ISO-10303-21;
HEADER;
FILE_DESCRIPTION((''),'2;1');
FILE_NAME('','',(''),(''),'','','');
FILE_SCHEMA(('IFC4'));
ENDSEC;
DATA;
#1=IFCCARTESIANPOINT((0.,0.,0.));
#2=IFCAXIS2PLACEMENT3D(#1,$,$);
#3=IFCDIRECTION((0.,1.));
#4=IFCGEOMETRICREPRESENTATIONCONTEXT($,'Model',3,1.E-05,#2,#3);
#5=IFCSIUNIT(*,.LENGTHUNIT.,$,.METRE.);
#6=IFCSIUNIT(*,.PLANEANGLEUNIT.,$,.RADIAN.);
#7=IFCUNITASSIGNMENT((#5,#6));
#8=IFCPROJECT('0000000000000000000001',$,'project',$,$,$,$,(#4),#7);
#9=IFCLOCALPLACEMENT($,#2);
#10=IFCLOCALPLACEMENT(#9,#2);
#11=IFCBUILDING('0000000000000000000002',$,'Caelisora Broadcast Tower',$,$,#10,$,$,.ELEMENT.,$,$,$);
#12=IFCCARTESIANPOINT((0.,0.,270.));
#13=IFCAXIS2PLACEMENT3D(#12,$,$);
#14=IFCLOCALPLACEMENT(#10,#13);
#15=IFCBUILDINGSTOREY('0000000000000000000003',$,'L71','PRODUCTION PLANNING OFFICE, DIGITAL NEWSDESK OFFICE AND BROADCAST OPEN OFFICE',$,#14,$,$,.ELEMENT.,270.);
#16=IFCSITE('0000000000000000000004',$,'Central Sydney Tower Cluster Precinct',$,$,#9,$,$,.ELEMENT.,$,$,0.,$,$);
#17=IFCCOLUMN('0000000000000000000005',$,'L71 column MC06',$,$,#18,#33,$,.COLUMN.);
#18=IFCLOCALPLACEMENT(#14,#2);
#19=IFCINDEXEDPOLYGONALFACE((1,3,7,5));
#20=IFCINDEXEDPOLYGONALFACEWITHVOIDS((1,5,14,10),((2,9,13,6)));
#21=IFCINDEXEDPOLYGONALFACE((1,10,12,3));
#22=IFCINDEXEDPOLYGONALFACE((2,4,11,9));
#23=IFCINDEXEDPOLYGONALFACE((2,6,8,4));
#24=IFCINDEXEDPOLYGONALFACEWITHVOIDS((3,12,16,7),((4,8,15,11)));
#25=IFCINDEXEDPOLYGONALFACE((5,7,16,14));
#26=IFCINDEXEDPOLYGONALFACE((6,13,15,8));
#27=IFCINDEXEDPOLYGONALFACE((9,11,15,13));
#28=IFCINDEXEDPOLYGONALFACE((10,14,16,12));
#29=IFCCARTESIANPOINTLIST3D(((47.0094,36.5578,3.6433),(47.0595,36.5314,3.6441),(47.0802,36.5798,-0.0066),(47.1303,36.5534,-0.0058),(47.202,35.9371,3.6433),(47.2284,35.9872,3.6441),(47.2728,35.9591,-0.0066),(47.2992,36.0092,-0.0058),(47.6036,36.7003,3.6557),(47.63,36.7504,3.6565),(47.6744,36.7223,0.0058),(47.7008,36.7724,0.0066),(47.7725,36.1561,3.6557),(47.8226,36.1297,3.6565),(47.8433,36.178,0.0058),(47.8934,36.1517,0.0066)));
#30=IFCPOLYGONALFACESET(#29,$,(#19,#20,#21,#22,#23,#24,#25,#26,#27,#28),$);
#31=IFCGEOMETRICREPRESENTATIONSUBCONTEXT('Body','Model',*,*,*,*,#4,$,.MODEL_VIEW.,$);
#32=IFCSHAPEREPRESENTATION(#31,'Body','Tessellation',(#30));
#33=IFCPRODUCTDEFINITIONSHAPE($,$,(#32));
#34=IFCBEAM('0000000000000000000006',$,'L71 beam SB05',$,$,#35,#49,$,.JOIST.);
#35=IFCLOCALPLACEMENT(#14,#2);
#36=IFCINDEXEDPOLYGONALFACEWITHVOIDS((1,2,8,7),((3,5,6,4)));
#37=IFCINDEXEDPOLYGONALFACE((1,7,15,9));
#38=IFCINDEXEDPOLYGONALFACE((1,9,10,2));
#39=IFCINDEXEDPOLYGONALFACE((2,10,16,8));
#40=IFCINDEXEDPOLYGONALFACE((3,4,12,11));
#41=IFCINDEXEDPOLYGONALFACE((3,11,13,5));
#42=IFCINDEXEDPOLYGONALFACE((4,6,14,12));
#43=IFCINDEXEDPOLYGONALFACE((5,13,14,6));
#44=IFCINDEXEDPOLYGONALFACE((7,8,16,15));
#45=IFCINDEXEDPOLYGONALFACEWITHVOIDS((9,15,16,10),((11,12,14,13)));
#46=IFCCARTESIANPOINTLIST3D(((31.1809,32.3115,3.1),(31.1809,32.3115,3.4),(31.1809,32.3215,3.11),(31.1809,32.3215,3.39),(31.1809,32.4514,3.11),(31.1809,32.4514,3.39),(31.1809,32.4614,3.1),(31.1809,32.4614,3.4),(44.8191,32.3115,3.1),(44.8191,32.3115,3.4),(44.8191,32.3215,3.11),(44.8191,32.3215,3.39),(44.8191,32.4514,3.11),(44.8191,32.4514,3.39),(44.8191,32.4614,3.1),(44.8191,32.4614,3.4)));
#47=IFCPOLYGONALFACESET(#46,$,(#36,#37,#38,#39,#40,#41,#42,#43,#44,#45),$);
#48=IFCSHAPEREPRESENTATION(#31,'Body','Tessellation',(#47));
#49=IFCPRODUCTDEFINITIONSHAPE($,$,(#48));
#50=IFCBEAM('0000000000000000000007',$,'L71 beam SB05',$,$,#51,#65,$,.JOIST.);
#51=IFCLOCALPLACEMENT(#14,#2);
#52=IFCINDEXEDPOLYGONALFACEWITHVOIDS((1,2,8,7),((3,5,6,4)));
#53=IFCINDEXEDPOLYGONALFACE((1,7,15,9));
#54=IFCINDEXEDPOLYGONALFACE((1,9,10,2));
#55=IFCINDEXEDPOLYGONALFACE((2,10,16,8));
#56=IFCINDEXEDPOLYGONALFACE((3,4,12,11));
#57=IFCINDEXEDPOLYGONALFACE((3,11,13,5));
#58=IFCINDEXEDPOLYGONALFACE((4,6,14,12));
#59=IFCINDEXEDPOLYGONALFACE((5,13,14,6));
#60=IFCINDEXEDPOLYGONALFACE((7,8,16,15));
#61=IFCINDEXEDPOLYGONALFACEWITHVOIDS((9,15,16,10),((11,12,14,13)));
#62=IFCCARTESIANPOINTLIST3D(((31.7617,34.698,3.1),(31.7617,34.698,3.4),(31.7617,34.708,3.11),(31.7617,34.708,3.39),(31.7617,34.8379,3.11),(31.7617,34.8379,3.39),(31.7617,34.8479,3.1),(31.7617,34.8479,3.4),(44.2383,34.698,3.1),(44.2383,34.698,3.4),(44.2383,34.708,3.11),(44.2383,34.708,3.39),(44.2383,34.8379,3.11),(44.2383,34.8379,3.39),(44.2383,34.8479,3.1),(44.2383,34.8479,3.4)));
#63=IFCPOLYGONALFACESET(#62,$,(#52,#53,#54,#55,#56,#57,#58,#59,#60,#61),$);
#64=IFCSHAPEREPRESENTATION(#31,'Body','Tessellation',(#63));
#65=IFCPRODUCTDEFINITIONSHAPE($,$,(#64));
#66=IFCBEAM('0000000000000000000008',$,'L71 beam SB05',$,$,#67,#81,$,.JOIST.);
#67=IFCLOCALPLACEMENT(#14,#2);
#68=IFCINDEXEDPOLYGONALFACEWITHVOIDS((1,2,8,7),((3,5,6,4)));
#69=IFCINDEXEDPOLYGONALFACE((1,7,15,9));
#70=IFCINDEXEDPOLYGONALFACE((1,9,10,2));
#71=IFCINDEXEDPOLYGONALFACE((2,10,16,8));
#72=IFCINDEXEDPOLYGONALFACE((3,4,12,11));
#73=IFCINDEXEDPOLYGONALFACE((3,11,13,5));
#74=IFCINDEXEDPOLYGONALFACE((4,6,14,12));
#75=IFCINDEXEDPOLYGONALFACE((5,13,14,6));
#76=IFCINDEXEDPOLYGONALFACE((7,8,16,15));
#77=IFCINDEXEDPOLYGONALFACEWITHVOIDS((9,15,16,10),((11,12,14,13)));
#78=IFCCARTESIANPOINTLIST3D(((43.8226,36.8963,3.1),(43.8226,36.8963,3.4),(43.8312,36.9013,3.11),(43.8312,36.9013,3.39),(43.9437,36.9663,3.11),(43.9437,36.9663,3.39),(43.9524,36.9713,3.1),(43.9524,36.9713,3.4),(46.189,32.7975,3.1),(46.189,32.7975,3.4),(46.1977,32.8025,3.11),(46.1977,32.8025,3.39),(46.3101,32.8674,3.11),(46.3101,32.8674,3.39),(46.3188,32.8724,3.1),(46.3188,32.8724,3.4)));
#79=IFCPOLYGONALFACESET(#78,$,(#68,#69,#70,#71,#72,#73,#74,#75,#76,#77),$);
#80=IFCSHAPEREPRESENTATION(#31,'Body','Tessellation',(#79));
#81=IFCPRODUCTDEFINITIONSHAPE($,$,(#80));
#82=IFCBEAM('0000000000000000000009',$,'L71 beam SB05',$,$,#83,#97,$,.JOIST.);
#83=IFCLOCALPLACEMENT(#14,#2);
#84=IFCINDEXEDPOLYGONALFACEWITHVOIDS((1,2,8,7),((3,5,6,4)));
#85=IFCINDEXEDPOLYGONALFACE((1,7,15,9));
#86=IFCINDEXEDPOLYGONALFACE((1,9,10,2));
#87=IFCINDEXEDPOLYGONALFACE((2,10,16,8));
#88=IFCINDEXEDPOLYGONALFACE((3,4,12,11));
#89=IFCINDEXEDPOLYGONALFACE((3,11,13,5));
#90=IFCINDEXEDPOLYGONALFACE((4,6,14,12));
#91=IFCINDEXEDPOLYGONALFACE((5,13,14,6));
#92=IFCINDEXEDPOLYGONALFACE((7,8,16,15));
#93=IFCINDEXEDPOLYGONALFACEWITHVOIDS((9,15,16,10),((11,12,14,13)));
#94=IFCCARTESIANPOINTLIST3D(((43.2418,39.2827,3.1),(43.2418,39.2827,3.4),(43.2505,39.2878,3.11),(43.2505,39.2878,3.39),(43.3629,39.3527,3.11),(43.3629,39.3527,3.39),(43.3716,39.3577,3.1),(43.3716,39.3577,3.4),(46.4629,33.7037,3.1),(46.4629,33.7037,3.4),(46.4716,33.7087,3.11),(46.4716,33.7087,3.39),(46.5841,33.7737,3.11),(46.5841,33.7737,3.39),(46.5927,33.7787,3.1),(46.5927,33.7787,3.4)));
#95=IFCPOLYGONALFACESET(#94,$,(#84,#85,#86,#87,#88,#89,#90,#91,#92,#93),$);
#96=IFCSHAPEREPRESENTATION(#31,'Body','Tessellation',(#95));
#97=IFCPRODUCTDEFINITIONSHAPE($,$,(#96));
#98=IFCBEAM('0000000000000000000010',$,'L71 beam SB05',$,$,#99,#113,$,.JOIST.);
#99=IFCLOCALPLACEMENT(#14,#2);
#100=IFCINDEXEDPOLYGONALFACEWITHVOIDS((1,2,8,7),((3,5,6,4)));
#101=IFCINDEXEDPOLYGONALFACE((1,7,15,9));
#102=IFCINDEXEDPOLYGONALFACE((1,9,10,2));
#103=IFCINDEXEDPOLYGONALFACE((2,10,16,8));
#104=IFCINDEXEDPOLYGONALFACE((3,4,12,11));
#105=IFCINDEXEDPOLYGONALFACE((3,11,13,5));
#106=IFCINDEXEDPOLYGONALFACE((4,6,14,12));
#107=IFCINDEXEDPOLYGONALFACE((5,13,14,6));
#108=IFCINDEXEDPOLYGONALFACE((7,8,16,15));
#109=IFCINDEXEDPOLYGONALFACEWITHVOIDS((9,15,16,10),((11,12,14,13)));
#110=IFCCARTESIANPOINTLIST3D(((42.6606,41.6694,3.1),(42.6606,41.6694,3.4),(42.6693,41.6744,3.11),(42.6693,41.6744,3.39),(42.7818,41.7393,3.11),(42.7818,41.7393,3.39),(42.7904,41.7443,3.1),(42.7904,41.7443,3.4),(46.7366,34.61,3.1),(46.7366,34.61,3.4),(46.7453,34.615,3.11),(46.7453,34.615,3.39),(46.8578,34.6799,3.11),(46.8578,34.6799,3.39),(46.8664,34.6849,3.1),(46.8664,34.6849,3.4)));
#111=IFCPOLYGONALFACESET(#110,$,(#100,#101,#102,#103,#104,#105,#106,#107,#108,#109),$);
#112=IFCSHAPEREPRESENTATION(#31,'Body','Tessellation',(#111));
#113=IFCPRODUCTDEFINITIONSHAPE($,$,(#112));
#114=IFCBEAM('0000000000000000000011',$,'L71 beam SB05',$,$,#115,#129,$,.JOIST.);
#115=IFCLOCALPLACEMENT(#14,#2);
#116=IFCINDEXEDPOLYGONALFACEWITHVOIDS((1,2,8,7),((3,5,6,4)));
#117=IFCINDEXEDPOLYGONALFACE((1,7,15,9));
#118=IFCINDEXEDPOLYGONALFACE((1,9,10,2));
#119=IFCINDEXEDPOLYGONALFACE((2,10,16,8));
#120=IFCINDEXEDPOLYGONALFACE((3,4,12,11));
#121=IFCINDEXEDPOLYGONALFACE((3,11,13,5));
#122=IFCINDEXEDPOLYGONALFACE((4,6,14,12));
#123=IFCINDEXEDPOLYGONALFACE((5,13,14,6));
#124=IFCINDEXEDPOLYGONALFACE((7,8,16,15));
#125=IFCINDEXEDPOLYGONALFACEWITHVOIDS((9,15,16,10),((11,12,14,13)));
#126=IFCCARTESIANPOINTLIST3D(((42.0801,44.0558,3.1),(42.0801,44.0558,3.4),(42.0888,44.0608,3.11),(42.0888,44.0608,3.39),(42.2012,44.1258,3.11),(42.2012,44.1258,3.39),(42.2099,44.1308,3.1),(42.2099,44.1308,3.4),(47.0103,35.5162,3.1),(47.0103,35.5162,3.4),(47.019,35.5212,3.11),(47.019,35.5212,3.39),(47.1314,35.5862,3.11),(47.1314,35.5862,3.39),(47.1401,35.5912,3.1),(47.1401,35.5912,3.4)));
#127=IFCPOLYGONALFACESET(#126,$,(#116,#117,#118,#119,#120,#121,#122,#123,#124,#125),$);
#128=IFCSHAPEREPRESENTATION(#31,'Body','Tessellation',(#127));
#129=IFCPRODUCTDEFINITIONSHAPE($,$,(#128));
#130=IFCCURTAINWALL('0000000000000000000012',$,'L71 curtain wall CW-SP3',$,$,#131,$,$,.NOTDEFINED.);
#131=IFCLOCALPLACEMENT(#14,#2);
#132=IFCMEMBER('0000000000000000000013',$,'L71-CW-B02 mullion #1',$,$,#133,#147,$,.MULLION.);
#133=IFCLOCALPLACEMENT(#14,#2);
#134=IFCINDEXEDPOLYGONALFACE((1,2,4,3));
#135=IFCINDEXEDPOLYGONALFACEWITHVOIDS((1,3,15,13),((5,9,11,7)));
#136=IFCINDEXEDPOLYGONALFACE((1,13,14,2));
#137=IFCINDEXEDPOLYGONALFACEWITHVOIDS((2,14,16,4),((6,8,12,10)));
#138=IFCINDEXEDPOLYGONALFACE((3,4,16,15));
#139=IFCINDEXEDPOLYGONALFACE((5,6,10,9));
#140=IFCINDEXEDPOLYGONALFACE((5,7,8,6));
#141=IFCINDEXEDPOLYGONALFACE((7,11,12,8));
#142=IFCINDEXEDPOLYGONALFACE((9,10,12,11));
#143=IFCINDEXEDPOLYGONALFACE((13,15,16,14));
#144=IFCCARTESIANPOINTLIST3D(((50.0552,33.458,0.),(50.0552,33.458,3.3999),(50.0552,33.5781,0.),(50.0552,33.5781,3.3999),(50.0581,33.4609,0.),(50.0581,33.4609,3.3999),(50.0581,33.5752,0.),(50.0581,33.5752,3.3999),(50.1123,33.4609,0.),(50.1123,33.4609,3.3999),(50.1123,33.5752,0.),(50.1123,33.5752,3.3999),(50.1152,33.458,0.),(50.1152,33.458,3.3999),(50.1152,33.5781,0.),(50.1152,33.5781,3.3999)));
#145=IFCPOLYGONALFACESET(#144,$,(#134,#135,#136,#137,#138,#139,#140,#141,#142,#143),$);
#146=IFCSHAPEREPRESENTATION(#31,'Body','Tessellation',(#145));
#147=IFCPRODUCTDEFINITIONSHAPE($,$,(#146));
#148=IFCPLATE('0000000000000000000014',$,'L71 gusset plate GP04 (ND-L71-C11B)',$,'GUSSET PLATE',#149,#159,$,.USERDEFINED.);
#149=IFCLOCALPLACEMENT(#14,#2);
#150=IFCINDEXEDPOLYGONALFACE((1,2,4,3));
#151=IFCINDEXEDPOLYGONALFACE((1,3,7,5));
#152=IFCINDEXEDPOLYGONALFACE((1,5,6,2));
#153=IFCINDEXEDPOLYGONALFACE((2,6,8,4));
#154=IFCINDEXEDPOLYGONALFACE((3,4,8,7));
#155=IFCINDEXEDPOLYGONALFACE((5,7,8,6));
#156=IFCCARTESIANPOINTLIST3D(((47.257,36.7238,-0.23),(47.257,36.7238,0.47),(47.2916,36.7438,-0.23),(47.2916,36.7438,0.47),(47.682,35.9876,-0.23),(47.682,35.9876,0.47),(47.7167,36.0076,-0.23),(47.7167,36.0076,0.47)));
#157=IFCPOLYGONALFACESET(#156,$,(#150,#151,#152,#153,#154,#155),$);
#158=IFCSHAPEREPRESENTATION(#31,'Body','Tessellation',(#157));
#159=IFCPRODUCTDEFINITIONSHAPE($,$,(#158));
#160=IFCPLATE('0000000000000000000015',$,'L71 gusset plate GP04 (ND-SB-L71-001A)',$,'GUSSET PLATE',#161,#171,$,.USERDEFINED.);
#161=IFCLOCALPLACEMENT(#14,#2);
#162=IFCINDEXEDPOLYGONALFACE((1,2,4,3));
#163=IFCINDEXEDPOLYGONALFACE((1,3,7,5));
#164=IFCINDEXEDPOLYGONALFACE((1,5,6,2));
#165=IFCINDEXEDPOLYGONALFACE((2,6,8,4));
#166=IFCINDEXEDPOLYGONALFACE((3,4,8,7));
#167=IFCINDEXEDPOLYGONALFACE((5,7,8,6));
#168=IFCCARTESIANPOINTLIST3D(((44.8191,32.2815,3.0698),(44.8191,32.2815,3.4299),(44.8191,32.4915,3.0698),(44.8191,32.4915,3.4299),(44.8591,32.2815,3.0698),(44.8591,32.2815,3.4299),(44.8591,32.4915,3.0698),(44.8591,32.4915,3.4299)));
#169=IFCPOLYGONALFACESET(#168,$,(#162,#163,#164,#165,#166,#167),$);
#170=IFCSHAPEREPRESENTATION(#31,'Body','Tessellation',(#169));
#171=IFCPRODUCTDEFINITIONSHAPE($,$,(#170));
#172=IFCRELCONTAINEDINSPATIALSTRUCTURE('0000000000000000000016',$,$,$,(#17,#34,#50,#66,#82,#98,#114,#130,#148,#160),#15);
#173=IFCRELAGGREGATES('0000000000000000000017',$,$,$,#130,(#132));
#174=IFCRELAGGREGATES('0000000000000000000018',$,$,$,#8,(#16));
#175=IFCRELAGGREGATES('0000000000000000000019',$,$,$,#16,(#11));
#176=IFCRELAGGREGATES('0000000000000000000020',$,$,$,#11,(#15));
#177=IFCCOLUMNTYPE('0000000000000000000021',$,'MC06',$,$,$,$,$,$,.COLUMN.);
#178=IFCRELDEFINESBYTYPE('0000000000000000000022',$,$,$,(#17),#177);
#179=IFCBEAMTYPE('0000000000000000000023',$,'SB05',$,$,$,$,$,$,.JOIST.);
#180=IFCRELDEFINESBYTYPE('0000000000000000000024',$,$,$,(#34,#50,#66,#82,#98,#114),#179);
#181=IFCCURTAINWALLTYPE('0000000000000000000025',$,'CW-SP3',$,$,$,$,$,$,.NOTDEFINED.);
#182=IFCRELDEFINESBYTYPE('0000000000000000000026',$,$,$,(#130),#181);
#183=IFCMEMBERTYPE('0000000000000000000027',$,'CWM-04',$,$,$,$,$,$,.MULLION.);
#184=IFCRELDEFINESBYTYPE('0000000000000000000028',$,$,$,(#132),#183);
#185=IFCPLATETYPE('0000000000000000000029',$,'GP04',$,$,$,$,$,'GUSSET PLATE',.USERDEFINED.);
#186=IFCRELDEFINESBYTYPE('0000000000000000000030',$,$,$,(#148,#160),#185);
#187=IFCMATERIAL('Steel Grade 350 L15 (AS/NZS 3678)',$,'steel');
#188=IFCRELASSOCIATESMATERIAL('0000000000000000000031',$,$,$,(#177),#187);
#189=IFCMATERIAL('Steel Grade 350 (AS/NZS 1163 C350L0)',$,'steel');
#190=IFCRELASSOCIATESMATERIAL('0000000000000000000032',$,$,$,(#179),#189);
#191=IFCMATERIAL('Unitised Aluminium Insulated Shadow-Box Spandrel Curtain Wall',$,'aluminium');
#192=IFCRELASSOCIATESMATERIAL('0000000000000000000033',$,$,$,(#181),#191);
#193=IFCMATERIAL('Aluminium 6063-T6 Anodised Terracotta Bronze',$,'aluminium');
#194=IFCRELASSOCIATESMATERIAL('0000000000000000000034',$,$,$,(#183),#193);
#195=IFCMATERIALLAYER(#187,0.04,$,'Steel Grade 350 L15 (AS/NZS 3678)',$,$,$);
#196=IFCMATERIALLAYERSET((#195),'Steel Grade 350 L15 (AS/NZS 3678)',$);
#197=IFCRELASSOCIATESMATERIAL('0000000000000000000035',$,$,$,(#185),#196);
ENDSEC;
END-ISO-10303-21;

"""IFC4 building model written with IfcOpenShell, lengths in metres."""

from ifc_helpers import new_model, si_unit, direction, frame, origin, origin_2d, place, context, subcontext, project, spatial, rectangle, hollow_rectangle, extrude, source, transform, mapped, material, layer, layer_set, material_profile, profile_set, type_object, type_shapes, element, aggregate, save


model = new_model("IFC4")

# Units and contexts
model_context = context("Model", 3, precision=1e-05, world=origin(), true_north=direction((0.0, 1.0)))
body_context = subcontext(model_context, "Body", "Model", "MODEL_VIEW")
ifc_project = project(units=[si_unit("LENGTHUNIT", "METRE"), si_unit("PLANEANGLEUNIT", "RADIAN")], contexts=[model_context])

# Site, building, storey
site_placement = place(None, origin())
site = spatial("IfcSite", under=ifc_project, at=site_placement, Name="Central Sydney Tower Cluster Precinct", CompositionType="ELEMENT", RefElevation=0.0)
building_placement = place(site_placement, origin())
building = spatial("IfcBuilding", under=site, at=building_placement, Name="Caelisora Broadcast Tower", CompositionType="ELEMENT")
storey_placement = place(building_placement, frame((0.0, 0.0, 270.0)))
storey = spatial("IfcBuildingStorey", under=building, at=storey_placement, Name="L71", Description="PRODUCTION PLANNING OFFICE, DIGITAL NEWSDESK OFFICE AND BROADCAST OPEN OFFICE", CompositionType="ELEMENT", Elevation=270.0)

# Column
ifc_material_1 = material(Name="Steel Grade 350 L15 (AS/NZS 3678)", Category="steel")
ifc_material_profile_1 = material_profile(ifc_material_1, hollow_rectangle(XDim=0.6499, YDim=0.6499, WallThickness=0.04, at=origin_2d()), Name="Steel Grade 350 L15 (AS/NZS 3678)")
ifc_profile_set_1 = profile_set([ifc_material_profile_1], Name="Steel Grade 350 L15 (AS/NZS 3678)")
column_type = type_object("IfcColumnType", Name="MC06", PredefinedType="COLUMN", material=ifc_profile_set_1)
shared_shape_1 = source(origin(), body_context, "Body", "SweptSolid", [
    extrude(hollow_rectangle(XDim=0.6499, YDim=0.6499, WallThickness=0.04, at=origin_2d()), origin(), (0.0, 0.0, 1.0), 3.6506),
])
type_shapes(column_type, [shared_shape_1])
column_placement = place(storey_placement, frame((47.4868, 36.3657, 0.0), z_axis=(-0.019394, -0.006019, 0.999794), x_axis=(0.296399, -0.955064, 0.0)))
element("IfcColumn", 1, at=column_placement, inside=storey, type_object=column_type, Name="L71 column MC06", PredefinedType="COLUMN", context=body_context, shape_type="MappedRepresentation", body=[
    mapped(shared_shape_1, transform((0.0, 0.0, 0.0), scale=1.0)),
])

# Beams
ifc_material_2 = material(Name="Steel Grade 350 (AS/NZS 1163 C350L0)", Category="steel")
ifc_material_profile_2 = material_profile(ifc_material_2, hollow_rectangle(XDim=0.1499, YDim=0.3, WallThickness=0.01, at=origin_2d()), Name="Steel Grade 350 (AS/NZS 1163 C350L0)")
ifc_profile_set_2 = profile_set([ifc_material_profile_2], Name="Steel Grade 350 (AS/NZS 1163 C350L0)")
beam_type = type_object("IfcBeamType", Name="SB05", PredefinedType="JOIST", material=ifc_profile_set_2)
shared_shape_2 = source(origin(), body_context, "Body", "SweptSolid", [
    extrude(hollow_rectangle(XDim=0.1499, YDim=0.3, WallThickness=0.01, at=origin_2d()), origin(), (0.0, 0.0, 1.0), 13.6382),
])
beam_1_placement = place(storey_placement, frame((44.8191, 32.3865, 3.25), z_axis=(-1.0, 0.0, 0.0), x_axis=(0.0, -1.0, 0.0)))
element("IfcBeam", 2, at=beam_1_placement, inside=storey, type_object=beam_type, Name="L71 beam SB05", PredefinedType="JOIST", context=body_context, shape_type="MappedRepresentation", body=[
    mapped(shared_shape_2, transform((0.0, 0.0, 0.0), scale=1.0)),
])
shared_shape_3 = source(origin(), body_context, "Body", "SweptSolid", [
    extrude(hollow_rectangle(XDim=0.1499, YDim=0.3, WallThickness=0.01, at=origin_2d()), origin(), (0.0, 0.0, 1.0), 12.4766),
])
beam_2_placement = place(storey_placement, frame((44.2383, 34.7729, 3.25), z_axis=(-1.0, 0.0, 0.0), x_axis=(0.0, -1.0, 0.0)))
element("IfcBeam", 3, at=beam_2_placement, inside=storey, type_object=beam_type, Name="L71 beam SB05", PredefinedType="JOIST", context=body_context, shape_type="MappedRepresentation", body=[
    mapped(shared_shape_3, transform((0.0, 0.0, 0.0), scale=1.0)),
])
shared_shape_4 = source(origin(), body_context, "Body", "SweptSolid", [
    extrude(hollow_rectangle(XDim=0.1499, YDim=0.3, WallThickness=0.01, at=origin_2d()), origin(), (0.0, 0.0, 1.0), 4.7329),
])
beam_3_placement = place(storey_placement, frame((46.2539, 32.835, 3.25), z_axis=(-0.499995, 0.866028, 0.0), x_axis=(-0.866028, -0.499995, 0.0)))
element("IfcBeam", 4, at=beam_3_placement, inside=storey, type_object=beam_type, Name="L71 beam SB05", PredefinedType="JOIST", context=body_context, shape_type="MappedRepresentation", body=[
    mapped(shared_shape_4, transform((0.0, 0.0, 0.0), scale=1.0)),
])
shared_shape_5 = source(origin(), body_context, "Body", "SweptSolid", [
    extrude(hollow_rectangle(XDim=0.1499, YDim=0.3, WallThickness=0.01, at=origin_2d()), origin(), (0.0, 0.0, 1.0), 6.4421),
])
beam_4_placement = place(storey_placement, frame((46.5278, 33.7412, 3.25), z_axis=(-0.500011, 0.866019, 0.0), x_axis=(-0.866019, -0.500011, 0.0)))
element("IfcBeam", 5, at=beam_4_placement, inside=storey, type_object=beam_type, Name="L71 beam SB05", PredefinedType="JOIST", context=body_context, shape_type="MappedRepresentation", body=[
    mapped(shared_shape_5, transform((0.0, 0.0, 0.0), scale=1.0)),
])
shared_shape_6 = source(origin(), body_context, "Body", "SweptSolid", [
    extrude(hollow_rectangle(XDim=0.1499, YDim=0.3, WallThickness=0.01, at=origin_2d()), origin(), (0.0, 0.0, 1.0), 8.1516),
])
beam_5_placement = place(storey_placement, frame((46.8015, 34.6475, 3.25), z_axis=(-0.500021, 0.866014, 0.0), x_axis=(-0.866014, -0.500021, 0.0)))
element("IfcBeam", 6, at=beam_5_placement, inside=storey, type_object=beam_type, Name="L71 beam SB05", PredefinedType="JOIST", context=body_context, shape_type="MappedRepresentation", body=[
    mapped(shared_shape_6, transform((0.0, 0.0, 0.0), scale=1.0)),
])
shared_shape_7 = source(origin(), body_context, "Body", "SweptSolid", [
    extrude(hollow_rectangle(XDim=0.1499, YDim=0.3, WallThickness=0.01, at=origin_2d()), origin(), (0.0, 0.0, 1.0), 9.8606),
])
type_shapes(beam_type, [shared_shape_2, shared_shape_3, shared_shape_4, shared_shape_5, shared_shape_6, shared_shape_7])
beam_6_placement = place(storey_placement, frame((47.0752, 35.5537, 3.25), z_axis=(-0.49999, 0.866031, 0.0), x_axis=(-0.866031, -0.49999, 0.0)))
element("IfcBeam", 7, at=beam_6_placement, inside=storey, type_object=beam_type, Name="L71 beam SB05", PredefinedType="JOIST", context=body_context, shape_type="MappedRepresentation", body=[
    mapped(shared_shape_7, transform((0.0, 0.0, 0.0), scale=1.0)),
])

# Curtain wall, member
ifc_material_3 = material(Name="Unitised Aluminium Insulated Shadow-Box Spandrel Curtain Wall", Category="aluminium")
curtain_wall_type = type_object("IfcCurtainWallType", Name="CW-SP3", PredefinedType="NOTDEFINED", material=ifc_material_3)
curtain_wall_placement = place(storey_placement, origin())
curtain_wall = element("IfcCurtainWall", 8, at=curtain_wall_placement, inside=storey, type_object=curtain_wall_type, Name="L71 curtain wall CW-SP3", PredefinedType="NOTDEFINED")
ifc_material_4 = material(Name="Aluminium 6063-T6 Anodised Terracotta Bronze", Category="aluminium")
ifc_material_profile_3 = material_profile(ifc_material_4, hollow_rectangle(XDim=0.0601, YDim=0.1201, WallThickness=0.0029, at=origin_2d()), Name="Aluminium 6063-T6 Anodised Terracotta Bronze")
ifc_profile_set_3 = profile_set([ifc_material_profile_3], Name="Aluminium 6063-T6 Anodised Terracotta Bronze")
member_type = type_object("IfcMemberType", Name="CWM-04", PredefinedType="MULLION", material=ifc_profile_set_3)
shared_shape_8 = source(origin(), body_context, "Body", "SweptSolid", [
    extrude(hollow_rectangle(XDim=0.0601, YDim=0.1201, WallThickness=0.0029, at=origin_2d()), origin(), (0.0, 0.0, 1.0), 3.3999),
])
type_shapes(member_type, [shared_shape_8])
member_placement = place(storey_placement, frame((50.0852, 33.5181, 0.0), z_axis=(0.0, 0.0, 1.0), x_axis=(1.0, 0.0, 0.0)))
member = element("IfcMember", 9, at=member_placement, type_object=member_type, Name="L71-CW-B02 mullion #1", PredefinedType="MULLION", context=body_context, shape_type="MappedRepresentation", body=[
    mapped(shared_shape_8, transform((0.0, 0.0, 0.0), scale=1.0)),
])

# Plates
ifc_layer_1 = layer(ifc_material_1, 0.04, Name="Steel Grade 350 L15 (AS/NZS 3678)")
ifc_layer_set_1 = layer_set([ifc_layer_1], Name="Steel Grade 350 L15 (AS/NZS 3678)")
plate_type_1 = type_object("IfcPlateType", Name="GP04", ElementType="GUSSET PLATE", PredefinedType="USERDEFINED", material=ifc_layer_set_1)
shared_shape_9 = source(origin(), body_context, "Body", "SweptSolid", [
    extrude(rectangle(XDim=0.8501, YDim=0.04, at=origin_2d()), origin(), (0.0, 0.0, 1.0), 0.7),
])
plate_1_placement = place(storey_placement, frame((47.4868, 36.3657, -0.23), z_axis=(0.0, 0.0, 1.0), x_axis=(-0.5, 0.866025, 0.0)))
element("IfcPlate", 10, at=plate_1_placement, inside=storey, type_object=plate_type_1, Name="L71 gusset plate GP04 (ND-L71-C11B)", ObjectType="GUSSET PLATE", PredefinedType="USERDEFINED", context=body_context, shape_type="MappedRepresentation", body=[
    mapped(shared_shape_9, transform((0.0, 0.0, 0.0), scale=1.0)),
])
shared_shape_10 = source(origin(), body_context, "Body", "SweptSolid", [
    extrude(rectangle(XDim=0.21, YDim=0.04, at=origin_2d()), origin(), (0.0, 0.0, 1.0), 0.3601),
])
type_shapes(plate_type_1, [shared_shape_9, shared_shape_10])
for number, where, z_axis, x_axis, name in (
    (11, (44.8391, 32.3865, 3.0698), (0.0, 0.0, 1.0), (0.0, -1.0, 0.0), "L71 gusset plate GP04 (ND-SB-L71-001A)"),
):
    element("IfcPlate", number, at=place(storey_placement, frame(where, z_axis=z_axis, x_axis=x_axis)), inside=storey, type_object=plate_type_1, Name=name, ObjectType="GUSSET PLATE", PredefinedType="USERDEFINED", context=body_context, shape_type="MappedRepresentation", body=[
        mapped(shared_shape_10, transform((0.0, 0.0, 0.0), scale=1.0)),
    ])

aggregate(curtain_wall, [member])

save(model, "model.ifc")
